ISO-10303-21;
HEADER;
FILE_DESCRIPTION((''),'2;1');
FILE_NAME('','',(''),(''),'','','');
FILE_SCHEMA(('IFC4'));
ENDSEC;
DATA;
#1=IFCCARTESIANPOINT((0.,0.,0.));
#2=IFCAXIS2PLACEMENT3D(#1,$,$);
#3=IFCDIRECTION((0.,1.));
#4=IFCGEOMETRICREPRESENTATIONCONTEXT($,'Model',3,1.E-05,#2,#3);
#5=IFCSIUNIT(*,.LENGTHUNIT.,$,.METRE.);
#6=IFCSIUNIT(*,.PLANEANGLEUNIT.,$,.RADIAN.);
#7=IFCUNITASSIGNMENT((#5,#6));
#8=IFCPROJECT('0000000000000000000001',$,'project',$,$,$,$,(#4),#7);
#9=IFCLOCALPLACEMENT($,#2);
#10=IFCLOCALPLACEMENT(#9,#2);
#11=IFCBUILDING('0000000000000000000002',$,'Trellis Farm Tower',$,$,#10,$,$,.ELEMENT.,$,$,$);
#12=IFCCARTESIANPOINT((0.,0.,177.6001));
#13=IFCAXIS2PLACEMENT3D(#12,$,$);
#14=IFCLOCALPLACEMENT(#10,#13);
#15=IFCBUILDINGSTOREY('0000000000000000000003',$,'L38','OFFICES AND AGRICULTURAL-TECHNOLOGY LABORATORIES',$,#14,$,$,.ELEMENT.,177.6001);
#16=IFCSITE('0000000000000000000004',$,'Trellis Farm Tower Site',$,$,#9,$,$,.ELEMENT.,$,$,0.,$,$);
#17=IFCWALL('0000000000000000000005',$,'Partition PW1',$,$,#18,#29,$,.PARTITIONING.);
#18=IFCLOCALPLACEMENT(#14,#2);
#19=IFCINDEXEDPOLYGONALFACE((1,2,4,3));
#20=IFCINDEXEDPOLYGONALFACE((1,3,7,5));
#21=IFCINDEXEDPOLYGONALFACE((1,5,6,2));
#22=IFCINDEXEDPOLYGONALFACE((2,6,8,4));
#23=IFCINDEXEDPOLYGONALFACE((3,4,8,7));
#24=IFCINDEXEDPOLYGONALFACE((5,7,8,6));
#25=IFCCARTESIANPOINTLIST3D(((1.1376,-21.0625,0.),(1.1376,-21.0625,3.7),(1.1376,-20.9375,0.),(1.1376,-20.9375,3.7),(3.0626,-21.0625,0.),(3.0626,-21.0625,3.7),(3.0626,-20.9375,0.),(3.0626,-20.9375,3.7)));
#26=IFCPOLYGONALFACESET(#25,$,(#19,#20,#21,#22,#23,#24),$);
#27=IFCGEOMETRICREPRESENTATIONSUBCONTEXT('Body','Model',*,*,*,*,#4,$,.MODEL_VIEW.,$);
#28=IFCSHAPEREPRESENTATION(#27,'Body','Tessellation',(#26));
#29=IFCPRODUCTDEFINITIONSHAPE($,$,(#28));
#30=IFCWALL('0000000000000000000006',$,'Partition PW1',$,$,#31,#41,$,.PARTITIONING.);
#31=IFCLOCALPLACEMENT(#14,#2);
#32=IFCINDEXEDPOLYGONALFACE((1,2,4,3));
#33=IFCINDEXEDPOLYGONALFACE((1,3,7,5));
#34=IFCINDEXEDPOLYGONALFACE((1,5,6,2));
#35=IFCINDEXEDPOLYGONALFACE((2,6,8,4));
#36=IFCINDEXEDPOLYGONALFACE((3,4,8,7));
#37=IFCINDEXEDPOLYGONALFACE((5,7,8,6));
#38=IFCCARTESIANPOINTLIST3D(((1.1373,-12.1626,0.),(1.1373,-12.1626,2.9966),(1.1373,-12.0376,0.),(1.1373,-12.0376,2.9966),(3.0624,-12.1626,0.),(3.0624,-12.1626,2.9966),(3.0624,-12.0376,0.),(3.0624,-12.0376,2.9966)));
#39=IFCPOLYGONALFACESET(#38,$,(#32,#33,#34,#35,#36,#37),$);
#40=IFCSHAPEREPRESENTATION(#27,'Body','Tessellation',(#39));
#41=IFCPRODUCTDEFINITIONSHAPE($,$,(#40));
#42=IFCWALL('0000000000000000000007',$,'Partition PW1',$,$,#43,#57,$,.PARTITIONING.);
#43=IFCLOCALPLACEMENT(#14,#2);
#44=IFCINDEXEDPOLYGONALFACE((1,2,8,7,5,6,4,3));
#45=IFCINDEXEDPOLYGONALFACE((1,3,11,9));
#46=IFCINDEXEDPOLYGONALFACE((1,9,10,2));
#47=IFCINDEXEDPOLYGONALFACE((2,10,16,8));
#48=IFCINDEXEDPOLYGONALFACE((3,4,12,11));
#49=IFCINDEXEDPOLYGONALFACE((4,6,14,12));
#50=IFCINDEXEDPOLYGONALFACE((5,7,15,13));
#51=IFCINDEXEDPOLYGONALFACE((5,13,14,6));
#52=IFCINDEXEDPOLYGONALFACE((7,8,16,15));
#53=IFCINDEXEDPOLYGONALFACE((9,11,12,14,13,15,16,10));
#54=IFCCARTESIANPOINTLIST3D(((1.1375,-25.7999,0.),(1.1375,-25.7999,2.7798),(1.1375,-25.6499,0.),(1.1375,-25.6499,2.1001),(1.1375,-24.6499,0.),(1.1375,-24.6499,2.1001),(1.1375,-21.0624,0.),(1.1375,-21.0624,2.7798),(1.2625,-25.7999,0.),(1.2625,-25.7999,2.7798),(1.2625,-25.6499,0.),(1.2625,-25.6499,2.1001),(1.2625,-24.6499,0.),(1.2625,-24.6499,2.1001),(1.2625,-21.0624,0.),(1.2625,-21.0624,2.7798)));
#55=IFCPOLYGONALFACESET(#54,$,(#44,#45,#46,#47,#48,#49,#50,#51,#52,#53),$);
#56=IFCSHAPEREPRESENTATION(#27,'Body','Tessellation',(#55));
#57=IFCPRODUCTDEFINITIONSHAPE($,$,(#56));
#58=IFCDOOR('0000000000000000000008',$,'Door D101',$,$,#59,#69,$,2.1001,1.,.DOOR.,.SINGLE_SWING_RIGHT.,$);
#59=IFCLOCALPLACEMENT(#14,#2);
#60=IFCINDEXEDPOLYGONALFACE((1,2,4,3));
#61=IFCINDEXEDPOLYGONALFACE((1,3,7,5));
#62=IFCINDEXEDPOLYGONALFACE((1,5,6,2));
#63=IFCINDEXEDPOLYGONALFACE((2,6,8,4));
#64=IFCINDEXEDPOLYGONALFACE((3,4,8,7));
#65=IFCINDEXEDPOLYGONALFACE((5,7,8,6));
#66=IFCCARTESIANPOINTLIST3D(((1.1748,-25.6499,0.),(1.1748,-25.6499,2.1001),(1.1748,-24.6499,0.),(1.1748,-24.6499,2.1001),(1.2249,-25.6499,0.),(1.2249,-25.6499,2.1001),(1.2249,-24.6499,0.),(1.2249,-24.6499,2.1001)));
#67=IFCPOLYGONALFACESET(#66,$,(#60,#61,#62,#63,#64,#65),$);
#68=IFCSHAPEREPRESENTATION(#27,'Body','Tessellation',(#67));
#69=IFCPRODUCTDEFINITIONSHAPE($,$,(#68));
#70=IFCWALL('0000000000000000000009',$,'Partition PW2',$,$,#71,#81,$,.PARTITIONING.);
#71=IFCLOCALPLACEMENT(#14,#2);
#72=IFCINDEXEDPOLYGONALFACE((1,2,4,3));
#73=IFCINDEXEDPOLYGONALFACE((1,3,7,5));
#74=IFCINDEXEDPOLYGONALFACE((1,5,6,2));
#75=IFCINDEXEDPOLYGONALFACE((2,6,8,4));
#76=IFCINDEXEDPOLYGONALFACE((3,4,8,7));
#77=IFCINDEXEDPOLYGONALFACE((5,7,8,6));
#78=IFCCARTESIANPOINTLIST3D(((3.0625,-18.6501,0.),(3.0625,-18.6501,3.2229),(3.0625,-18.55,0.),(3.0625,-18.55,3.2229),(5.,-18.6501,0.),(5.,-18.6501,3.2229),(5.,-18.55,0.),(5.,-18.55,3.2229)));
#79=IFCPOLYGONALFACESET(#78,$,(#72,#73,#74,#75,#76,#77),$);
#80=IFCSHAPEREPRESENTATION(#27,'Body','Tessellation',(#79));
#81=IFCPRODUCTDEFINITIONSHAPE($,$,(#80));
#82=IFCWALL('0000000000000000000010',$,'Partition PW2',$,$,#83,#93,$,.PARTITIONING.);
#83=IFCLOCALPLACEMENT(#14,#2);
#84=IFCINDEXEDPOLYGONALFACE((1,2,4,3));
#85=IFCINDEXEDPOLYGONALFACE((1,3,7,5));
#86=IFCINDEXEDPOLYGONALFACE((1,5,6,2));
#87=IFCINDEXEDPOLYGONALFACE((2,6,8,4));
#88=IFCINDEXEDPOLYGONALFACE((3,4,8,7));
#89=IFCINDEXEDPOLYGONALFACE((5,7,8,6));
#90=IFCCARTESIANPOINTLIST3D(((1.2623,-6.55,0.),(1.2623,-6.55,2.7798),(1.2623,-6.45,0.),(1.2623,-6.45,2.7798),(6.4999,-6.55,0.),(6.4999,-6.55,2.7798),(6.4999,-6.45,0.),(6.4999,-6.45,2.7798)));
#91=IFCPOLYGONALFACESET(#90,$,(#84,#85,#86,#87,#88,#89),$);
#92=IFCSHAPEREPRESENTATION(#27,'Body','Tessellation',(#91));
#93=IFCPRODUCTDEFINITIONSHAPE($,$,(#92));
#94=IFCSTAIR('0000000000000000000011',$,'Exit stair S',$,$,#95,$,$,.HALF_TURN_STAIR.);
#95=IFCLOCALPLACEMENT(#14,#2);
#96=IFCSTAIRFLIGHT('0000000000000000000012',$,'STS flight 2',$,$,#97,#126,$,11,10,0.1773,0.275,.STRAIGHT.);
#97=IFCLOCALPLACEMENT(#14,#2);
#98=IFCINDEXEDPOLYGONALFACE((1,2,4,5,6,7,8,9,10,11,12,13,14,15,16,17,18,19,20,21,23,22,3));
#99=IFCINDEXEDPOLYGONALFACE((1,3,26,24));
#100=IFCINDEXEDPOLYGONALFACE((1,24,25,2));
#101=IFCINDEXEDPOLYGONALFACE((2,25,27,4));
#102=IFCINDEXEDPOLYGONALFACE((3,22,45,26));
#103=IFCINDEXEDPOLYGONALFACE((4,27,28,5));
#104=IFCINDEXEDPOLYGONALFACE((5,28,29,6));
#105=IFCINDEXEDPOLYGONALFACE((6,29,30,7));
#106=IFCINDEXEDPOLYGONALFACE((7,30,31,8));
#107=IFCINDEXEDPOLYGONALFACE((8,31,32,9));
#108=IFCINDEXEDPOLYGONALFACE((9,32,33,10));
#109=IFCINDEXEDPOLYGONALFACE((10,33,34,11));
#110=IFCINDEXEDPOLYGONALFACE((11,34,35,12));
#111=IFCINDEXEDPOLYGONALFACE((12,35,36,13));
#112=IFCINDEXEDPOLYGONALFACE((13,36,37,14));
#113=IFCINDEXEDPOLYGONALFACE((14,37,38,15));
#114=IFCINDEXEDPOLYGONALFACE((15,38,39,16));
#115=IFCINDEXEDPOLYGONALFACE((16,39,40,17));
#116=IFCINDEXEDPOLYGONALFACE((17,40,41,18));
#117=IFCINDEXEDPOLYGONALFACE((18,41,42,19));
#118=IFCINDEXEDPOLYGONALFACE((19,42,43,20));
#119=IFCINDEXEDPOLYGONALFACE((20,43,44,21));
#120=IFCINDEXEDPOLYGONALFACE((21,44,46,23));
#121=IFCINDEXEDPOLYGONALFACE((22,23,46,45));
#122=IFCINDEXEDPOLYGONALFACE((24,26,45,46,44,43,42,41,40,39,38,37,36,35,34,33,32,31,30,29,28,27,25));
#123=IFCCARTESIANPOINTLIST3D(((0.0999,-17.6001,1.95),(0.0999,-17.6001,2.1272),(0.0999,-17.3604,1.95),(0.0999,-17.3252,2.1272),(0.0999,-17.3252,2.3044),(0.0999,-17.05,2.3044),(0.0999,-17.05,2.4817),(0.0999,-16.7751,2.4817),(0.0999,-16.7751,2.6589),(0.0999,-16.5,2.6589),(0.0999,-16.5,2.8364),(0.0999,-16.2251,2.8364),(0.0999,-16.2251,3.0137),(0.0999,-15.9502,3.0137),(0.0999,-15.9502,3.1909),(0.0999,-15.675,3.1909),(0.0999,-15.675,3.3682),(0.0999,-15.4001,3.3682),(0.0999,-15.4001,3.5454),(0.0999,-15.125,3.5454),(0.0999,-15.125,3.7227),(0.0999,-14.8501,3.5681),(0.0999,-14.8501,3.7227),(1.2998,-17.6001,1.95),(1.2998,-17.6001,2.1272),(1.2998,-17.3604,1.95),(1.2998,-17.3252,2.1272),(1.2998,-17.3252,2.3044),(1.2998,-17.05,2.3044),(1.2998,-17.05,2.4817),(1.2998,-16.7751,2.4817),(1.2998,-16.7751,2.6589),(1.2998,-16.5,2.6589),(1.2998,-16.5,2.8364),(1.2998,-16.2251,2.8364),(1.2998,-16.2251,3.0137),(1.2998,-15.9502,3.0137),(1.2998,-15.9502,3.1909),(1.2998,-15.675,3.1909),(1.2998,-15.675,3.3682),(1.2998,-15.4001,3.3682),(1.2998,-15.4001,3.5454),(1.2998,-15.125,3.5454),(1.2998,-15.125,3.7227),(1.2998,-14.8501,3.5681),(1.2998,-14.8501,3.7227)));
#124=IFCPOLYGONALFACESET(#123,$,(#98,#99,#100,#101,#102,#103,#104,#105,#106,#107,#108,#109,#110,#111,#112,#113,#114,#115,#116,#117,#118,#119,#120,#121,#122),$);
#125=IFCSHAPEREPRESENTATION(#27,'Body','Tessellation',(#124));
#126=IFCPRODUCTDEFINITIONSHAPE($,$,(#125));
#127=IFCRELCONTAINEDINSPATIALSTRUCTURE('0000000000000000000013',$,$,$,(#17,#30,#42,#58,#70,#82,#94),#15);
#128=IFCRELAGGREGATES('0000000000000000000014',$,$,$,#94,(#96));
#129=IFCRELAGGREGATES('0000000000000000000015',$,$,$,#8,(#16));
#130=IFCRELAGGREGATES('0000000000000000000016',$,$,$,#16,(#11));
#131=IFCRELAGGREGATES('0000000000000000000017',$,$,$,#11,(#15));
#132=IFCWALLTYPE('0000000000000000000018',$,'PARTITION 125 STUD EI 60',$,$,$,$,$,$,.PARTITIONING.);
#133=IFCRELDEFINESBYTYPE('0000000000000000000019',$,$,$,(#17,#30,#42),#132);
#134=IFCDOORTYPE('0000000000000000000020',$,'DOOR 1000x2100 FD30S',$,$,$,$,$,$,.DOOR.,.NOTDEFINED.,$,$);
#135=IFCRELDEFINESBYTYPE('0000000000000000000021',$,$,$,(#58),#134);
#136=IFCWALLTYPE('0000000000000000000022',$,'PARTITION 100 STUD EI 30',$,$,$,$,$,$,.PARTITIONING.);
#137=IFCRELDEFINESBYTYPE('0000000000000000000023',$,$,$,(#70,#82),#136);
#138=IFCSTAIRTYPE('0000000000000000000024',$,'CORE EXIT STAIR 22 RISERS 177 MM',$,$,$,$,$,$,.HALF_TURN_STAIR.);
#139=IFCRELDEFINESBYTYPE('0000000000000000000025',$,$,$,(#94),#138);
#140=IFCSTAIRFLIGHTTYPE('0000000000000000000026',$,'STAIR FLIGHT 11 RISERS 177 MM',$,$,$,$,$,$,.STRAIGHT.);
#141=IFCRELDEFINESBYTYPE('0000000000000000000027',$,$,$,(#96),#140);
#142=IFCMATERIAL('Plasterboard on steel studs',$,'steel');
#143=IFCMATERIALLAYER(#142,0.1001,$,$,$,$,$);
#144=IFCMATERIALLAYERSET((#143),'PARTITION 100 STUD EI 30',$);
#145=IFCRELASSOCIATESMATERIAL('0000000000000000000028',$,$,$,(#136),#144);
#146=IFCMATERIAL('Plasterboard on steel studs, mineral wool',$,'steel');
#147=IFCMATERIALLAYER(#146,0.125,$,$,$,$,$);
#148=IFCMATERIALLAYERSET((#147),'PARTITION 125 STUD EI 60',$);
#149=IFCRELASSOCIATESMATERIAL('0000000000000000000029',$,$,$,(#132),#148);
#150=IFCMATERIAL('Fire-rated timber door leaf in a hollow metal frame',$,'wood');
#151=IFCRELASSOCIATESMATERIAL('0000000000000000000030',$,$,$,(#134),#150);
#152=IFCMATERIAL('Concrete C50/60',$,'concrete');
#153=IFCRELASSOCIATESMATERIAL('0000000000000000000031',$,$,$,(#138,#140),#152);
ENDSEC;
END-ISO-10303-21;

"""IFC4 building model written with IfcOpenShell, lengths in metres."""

from ifc_helpers import new_model, si_unit, direction, frame, frame_2d, origin, place, context, subcontext, project, spatial, polyline, rectangle, outline, extrude, source, transform, mapped, material, layer, layer_set, type_object, element, fill, aggregate, save


model = new_model("IFC4")

# Units and contexts
model_context = context("Model", 3, precision=1e-05, world=origin(), true_north=direction((0.0, 1.0)))
body_context = subcontext(model_context, "Body", "Model", "MODEL_VIEW")
ifc_project = project(units=[si_unit("LENGTHUNIT", "METRE"), si_unit("PLANEANGLEUNIT", "RADIAN")], contexts=[model_context])

# Site, building, storey
site_placement = place(None, origin())
site = spatial("IfcSite", under=ifc_project, at=site_placement, Name="Trellis Farm Tower Site", CompositionType="ELEMENT", RefElevation=0.0)
building_placement = place(site_placement, origin())
building = spatial("IfcBuilding", under=site, at=building_placement, Name="Trellis Farm Tower", CompositionType="ELEMENT")
storey_placement = place(building_placement, frame((0.0, 0.0, 177.6001)))
storey = spatial("IfcBuildingStorey", under=building, at=storey_placement, Name="L38", Description="OFFICES AND AGRICULTURAL-TECHNOLOGY LABORATORIES", CompositionType="ELEMENT", Elevation=177.6001)

# Shared definitions
placement = place(storey_placement, origin())

# Shared definitions
ifc_material_1 = material(Name="Plasterboard on steel studs", Category="steel")
ifc_layer_1 = layer(ifc_material_1, 0.1001)
ifc_layer_set_1 = layer_set([ifc_layer_1], Name="PARTITION 100 STUD EI 30")
wall_type_1 = type_object("IfcWallType", Name="PARTITION 100 STUD EI 30", PredefinedType="PARTITIONING", material=ifc_layer_set_1)

# Shared definitions
ifc_material_2 = material(Name="Plasterboard on steel studs, mineral wool", Category="steel")
ifc_layer_2 = layer(ifc_material_2, 0.125)
ifc_layer_set_2 = layer_set([ifc_layer_2], Name="PARTITION 125 STUD EI 60")
wall_type_2 = type_object("IfcWallType", Name="PARTITION 125 STUD EI 60", PredefinedType="PARTITIONING", material=ifc_layer_set_2)
shared_shape_1 = source(origin(), body_context, "Body", "SweptSolid", [
    extrude(rectangle(XDim=1.0, YDim=2.1001, at=frame_2d((0.5, 1.05))), frame((0.0, 0.0725, 0.0), z_axis=(0.0, -1.0, 0.0), x_axis=(1.0, 0.0, 0.0)), (0.0, 0.0, 1.0), 0.145),
])
ifc_material_3 = material(Name="Fire-rated timber door leaf in a hollow metal frame", Category="wood")
door_type_1 = type_object("IfcDoorType", Name="DOOR 1000x2100 FD30S", OperationType="NOTDEFINED", PredefinedType="DOOR", material=ifc_material_3)
shared_shape_2 = source(origin(), body_context, "Body", "SweptSolid", [
    extrude(rectangle(XDim=1.0, YDim=2.1001, at=frame_2d((0.5, 1.05))), frame((0.0, 0.0249, 0.0), z_axis=(0.0, -1.0, 0.0), x_axis=(1.0, 0.0, 0.0)), (0.0, 0.0, 1.0), 0.05),
])

# Walls
shared_shape_3 = source(origin(), body_context, "Body", "SweptSolid", [
    extrude(rectangle(XDim=1.925, YDim=0.125, at=frame_2d((0.9624, 0.0))), origin(), (0.0, 0.0, 1.0), 3.7),
])
wall_1_placement = place(storey_placement, frame((3.0625, -21.0, 0.0), z_axis=(0.0, 0.0, 1.0), x_axis=(-1.0, 0.0, 0.0)))
element("IfcWall", 1, at=wall_1_placement, inside=storey, type_object=wall_type_2, Name="Partition PW1", PredefinedType="PARTITIONING", context=body_context, shape_type="MappedRepresentation", body=[
    mapped(shared_shape_3, transform((0.0, 0.0, 0.0))),
])
shared_shape_4 = source(origin(), body_context, "Body", "SweptSolid", [
    extrude(rectangle(XDim=1.925, YDim=0.125, at=frame_2d((0.9624, 0.0))), origin(), (0.0, 0.0, 1.0), 2.9966),
])
wall_2_placement = place(storey_placement, frame((1.1375, -12.1001, 0.0), z_axis=(0.0, 0.0, 1.0), x_axis=(1.0, 0.0, 0.0)))
element("IfcWall", 2, at=wall_2_placement, inside=storey, type_object=wall_type_2, Name="Partition PW1", PredefinedType="PARTITIONING", context=body_context, shape_type="MappedRepresentation", body=[
    mapped(shared_shape_4, transform((0.0, 0.0, 0.0))),
])

# Wall, opening, door
shared_shape_5 = source(origin(), body_context, "Body", "SweptSolid", [
    extrude(rectangle(XDim=4.7375, YDim=0.125, at=frame_2d((2.3687, 0.0))), origin(), (0.0, 0.0, 1.0), 2.7798),
])
wall_3_placement = place(storey_placement, frame((1.2, -21.0625, 0.0), z_axis=(0.0, 0.0, 1.0), x_axis=(0.0, -1.0, 0.0)))
wall_3 = element("IfcWall", 3, at=wall_3_placement, inside=storey, type_object=wall_type_2, Name="Partition PW1", PredefinedType="PARTITIONING", context=body_context, shape_type="MappedRepresentation", body=[
    mapped(shared_shape_5, transform((0.0, 0.0, 0.0))),
])
opening_1_placement = place(wall_3_placement, frame((3.5874, 0.0, 0.0)))
opening_1 = element("IfcOpeningElement", 4, at=opening_1_placement, cuts=wall_3, PredefinedType="OPENING", context=body_context, shape_type="MappedRepresentation", body=[
    mapped(shared_shape_1, transform((0.0, 0.0, 0.0))),
])
door_1_placement = place(opening_1_placement, origin())
door_1 = element("IfcDoor", 5, at=door_1_placement, inside=storey, type_object=door_type_1, Name="Door D101", OperationType="SINGLE_SWING_RIGHT", OverallHeight=2.1001, OverallWidth=1.0, PredefinedType="DOOR", context=body_context, shape_type="MappedRepresentation", body=[
    mapped(shared_shape_2, transform((0.0, 0.0, 0.0))),
])
fill(opening_1, door_1)

# Walls
shared_shape_6 = source(origin(), body_context, "Body", "SweptSolid", [
    extrude(rectangle(XDim=1.9375, YDim=0.1001, at=frame_2d((0.9688, 0.0))), origin(), (0.0, 0.0, 1.0), 3.2229),
])
wall_4_placement = place(storey_placement, frame((3.0625, -18.6001, 0.0), z_axis=(0.0, 0.0, 1.0), x_axis=(1.0, 0.0, 0.0)))
element("IfcWall", 6, at=wall_4_placement, inside=storey, type_object=wall_type_1, Name="Partition PW2", PredefinedType="PARTITIONING", context=body_context, shape_type="MappedRepresentation", body=[
    mapped(shared_shape_6, transform((0.0, 0.0, 0.0))),
])
shared_shape_7 = source(origin(), body_context, "Body", "SweptSolid", [
    extrude(rectangle(XDim=5.2375, YDim=0.1001, at=frame_2d((2.6187, 0.0))), origin(), (0.0, 0.0, 1.0), 2.7798),
])
wall_5_placement = place(storey_placement, frame((1.2625, -6.5, 0.0), z_axis=(0.0, 0.0, 1.0), x_axis=(1.0, 0.0, 0.0)))
element("IfcWall", 7, at=wall_5_placement, inside=storey, type_object=wall_type_1, Name="Partition PW2", PredefinedType="PARTITIONING", context=body_context, shape_type="MappedRepresentation", body=[
    mapped(shared_shape_7, transform((0.0, 0.0, 0.0))),
])

# Stair, stair flight
ifc_material_4 = material(Name="Concrete C50/60", Category="concrete")
stair_type = type_object("IfcStairType", Name="CORE EXIT STAIR 22 RISERS 177 MM", PredefinedType="HALF_TURN_STAIR", material=ifc_material_4)
stair = element("IfcStair", 8, at=placement, inside=storey, type_object=stair_type, Name="Exit stair S", PredefinedType="HALF_TURN_STAIR")
stair_flight_type = type_object("IfcStairFlightType", Name="STAIR FLIGHT 11 RISERS 177 MM", PredefinedType="STRAIGHT", material=ifc_material_4)
shared_shape_8 = source(origin(), body_context, "Body", "SweptSolid", [
    extrude(outline(polyline([(0.0, 0.0), (0.0, 0.1772), (0.2749, 0.1772), (0.2749, 0.3545), (0.55, 0.3545), (0.55, 0.5317), (0.825, 0.5317), (0.825, 0.709), (1.1001, 0.709), (1.1001, 0.8865), (1.375, 0.8865), (1.375, 1.0637), (1.6499, 1.0637), (1.6499, 1.241), (1.925, 1.241), (1.925, 1.4182), (2.2, 1.4182), (2.2, 1.5955), (2.4751, 1.5955), (2.4751, 1.7727), (2.75, 1.7727), (2.75, 1.95), (2.75, 1.6182), (0.2397, 0.0), (0.0, 0.0)])), frame((0.0, 0.6001, 0.0), z_axis=(0.0, -1.0, 0.0), x_axis=(1.0, 0.0, 0.0)), (0.0, 0.0, 1.0), 1.2),
])
stair_flight_placement = place(storey_placement, frame((0.7, -17.6001, 1.95), z_axis=(0.0, 0.0, 1.0), x_axis=(0.0, 1.0, 0.0)))
stair_flight = element("IfcStairFlight", 9, at=stair_flight_placement, type_object=stair_flight_type, Name="STS flight 2", NumberOfRisers=11, NumberOfTreads=10, PredefinedType="STRAIGHT", RiserHeight=0.1773, TreadLength=0.275, context=body_context, shape_type="MappedRepresentation", body=[
    mapped(shared_shape_8, transform((0.0, 0.0, 0.0))),
])
aggregate(stair, [stair_flight])

save(model, "model.ifc")
